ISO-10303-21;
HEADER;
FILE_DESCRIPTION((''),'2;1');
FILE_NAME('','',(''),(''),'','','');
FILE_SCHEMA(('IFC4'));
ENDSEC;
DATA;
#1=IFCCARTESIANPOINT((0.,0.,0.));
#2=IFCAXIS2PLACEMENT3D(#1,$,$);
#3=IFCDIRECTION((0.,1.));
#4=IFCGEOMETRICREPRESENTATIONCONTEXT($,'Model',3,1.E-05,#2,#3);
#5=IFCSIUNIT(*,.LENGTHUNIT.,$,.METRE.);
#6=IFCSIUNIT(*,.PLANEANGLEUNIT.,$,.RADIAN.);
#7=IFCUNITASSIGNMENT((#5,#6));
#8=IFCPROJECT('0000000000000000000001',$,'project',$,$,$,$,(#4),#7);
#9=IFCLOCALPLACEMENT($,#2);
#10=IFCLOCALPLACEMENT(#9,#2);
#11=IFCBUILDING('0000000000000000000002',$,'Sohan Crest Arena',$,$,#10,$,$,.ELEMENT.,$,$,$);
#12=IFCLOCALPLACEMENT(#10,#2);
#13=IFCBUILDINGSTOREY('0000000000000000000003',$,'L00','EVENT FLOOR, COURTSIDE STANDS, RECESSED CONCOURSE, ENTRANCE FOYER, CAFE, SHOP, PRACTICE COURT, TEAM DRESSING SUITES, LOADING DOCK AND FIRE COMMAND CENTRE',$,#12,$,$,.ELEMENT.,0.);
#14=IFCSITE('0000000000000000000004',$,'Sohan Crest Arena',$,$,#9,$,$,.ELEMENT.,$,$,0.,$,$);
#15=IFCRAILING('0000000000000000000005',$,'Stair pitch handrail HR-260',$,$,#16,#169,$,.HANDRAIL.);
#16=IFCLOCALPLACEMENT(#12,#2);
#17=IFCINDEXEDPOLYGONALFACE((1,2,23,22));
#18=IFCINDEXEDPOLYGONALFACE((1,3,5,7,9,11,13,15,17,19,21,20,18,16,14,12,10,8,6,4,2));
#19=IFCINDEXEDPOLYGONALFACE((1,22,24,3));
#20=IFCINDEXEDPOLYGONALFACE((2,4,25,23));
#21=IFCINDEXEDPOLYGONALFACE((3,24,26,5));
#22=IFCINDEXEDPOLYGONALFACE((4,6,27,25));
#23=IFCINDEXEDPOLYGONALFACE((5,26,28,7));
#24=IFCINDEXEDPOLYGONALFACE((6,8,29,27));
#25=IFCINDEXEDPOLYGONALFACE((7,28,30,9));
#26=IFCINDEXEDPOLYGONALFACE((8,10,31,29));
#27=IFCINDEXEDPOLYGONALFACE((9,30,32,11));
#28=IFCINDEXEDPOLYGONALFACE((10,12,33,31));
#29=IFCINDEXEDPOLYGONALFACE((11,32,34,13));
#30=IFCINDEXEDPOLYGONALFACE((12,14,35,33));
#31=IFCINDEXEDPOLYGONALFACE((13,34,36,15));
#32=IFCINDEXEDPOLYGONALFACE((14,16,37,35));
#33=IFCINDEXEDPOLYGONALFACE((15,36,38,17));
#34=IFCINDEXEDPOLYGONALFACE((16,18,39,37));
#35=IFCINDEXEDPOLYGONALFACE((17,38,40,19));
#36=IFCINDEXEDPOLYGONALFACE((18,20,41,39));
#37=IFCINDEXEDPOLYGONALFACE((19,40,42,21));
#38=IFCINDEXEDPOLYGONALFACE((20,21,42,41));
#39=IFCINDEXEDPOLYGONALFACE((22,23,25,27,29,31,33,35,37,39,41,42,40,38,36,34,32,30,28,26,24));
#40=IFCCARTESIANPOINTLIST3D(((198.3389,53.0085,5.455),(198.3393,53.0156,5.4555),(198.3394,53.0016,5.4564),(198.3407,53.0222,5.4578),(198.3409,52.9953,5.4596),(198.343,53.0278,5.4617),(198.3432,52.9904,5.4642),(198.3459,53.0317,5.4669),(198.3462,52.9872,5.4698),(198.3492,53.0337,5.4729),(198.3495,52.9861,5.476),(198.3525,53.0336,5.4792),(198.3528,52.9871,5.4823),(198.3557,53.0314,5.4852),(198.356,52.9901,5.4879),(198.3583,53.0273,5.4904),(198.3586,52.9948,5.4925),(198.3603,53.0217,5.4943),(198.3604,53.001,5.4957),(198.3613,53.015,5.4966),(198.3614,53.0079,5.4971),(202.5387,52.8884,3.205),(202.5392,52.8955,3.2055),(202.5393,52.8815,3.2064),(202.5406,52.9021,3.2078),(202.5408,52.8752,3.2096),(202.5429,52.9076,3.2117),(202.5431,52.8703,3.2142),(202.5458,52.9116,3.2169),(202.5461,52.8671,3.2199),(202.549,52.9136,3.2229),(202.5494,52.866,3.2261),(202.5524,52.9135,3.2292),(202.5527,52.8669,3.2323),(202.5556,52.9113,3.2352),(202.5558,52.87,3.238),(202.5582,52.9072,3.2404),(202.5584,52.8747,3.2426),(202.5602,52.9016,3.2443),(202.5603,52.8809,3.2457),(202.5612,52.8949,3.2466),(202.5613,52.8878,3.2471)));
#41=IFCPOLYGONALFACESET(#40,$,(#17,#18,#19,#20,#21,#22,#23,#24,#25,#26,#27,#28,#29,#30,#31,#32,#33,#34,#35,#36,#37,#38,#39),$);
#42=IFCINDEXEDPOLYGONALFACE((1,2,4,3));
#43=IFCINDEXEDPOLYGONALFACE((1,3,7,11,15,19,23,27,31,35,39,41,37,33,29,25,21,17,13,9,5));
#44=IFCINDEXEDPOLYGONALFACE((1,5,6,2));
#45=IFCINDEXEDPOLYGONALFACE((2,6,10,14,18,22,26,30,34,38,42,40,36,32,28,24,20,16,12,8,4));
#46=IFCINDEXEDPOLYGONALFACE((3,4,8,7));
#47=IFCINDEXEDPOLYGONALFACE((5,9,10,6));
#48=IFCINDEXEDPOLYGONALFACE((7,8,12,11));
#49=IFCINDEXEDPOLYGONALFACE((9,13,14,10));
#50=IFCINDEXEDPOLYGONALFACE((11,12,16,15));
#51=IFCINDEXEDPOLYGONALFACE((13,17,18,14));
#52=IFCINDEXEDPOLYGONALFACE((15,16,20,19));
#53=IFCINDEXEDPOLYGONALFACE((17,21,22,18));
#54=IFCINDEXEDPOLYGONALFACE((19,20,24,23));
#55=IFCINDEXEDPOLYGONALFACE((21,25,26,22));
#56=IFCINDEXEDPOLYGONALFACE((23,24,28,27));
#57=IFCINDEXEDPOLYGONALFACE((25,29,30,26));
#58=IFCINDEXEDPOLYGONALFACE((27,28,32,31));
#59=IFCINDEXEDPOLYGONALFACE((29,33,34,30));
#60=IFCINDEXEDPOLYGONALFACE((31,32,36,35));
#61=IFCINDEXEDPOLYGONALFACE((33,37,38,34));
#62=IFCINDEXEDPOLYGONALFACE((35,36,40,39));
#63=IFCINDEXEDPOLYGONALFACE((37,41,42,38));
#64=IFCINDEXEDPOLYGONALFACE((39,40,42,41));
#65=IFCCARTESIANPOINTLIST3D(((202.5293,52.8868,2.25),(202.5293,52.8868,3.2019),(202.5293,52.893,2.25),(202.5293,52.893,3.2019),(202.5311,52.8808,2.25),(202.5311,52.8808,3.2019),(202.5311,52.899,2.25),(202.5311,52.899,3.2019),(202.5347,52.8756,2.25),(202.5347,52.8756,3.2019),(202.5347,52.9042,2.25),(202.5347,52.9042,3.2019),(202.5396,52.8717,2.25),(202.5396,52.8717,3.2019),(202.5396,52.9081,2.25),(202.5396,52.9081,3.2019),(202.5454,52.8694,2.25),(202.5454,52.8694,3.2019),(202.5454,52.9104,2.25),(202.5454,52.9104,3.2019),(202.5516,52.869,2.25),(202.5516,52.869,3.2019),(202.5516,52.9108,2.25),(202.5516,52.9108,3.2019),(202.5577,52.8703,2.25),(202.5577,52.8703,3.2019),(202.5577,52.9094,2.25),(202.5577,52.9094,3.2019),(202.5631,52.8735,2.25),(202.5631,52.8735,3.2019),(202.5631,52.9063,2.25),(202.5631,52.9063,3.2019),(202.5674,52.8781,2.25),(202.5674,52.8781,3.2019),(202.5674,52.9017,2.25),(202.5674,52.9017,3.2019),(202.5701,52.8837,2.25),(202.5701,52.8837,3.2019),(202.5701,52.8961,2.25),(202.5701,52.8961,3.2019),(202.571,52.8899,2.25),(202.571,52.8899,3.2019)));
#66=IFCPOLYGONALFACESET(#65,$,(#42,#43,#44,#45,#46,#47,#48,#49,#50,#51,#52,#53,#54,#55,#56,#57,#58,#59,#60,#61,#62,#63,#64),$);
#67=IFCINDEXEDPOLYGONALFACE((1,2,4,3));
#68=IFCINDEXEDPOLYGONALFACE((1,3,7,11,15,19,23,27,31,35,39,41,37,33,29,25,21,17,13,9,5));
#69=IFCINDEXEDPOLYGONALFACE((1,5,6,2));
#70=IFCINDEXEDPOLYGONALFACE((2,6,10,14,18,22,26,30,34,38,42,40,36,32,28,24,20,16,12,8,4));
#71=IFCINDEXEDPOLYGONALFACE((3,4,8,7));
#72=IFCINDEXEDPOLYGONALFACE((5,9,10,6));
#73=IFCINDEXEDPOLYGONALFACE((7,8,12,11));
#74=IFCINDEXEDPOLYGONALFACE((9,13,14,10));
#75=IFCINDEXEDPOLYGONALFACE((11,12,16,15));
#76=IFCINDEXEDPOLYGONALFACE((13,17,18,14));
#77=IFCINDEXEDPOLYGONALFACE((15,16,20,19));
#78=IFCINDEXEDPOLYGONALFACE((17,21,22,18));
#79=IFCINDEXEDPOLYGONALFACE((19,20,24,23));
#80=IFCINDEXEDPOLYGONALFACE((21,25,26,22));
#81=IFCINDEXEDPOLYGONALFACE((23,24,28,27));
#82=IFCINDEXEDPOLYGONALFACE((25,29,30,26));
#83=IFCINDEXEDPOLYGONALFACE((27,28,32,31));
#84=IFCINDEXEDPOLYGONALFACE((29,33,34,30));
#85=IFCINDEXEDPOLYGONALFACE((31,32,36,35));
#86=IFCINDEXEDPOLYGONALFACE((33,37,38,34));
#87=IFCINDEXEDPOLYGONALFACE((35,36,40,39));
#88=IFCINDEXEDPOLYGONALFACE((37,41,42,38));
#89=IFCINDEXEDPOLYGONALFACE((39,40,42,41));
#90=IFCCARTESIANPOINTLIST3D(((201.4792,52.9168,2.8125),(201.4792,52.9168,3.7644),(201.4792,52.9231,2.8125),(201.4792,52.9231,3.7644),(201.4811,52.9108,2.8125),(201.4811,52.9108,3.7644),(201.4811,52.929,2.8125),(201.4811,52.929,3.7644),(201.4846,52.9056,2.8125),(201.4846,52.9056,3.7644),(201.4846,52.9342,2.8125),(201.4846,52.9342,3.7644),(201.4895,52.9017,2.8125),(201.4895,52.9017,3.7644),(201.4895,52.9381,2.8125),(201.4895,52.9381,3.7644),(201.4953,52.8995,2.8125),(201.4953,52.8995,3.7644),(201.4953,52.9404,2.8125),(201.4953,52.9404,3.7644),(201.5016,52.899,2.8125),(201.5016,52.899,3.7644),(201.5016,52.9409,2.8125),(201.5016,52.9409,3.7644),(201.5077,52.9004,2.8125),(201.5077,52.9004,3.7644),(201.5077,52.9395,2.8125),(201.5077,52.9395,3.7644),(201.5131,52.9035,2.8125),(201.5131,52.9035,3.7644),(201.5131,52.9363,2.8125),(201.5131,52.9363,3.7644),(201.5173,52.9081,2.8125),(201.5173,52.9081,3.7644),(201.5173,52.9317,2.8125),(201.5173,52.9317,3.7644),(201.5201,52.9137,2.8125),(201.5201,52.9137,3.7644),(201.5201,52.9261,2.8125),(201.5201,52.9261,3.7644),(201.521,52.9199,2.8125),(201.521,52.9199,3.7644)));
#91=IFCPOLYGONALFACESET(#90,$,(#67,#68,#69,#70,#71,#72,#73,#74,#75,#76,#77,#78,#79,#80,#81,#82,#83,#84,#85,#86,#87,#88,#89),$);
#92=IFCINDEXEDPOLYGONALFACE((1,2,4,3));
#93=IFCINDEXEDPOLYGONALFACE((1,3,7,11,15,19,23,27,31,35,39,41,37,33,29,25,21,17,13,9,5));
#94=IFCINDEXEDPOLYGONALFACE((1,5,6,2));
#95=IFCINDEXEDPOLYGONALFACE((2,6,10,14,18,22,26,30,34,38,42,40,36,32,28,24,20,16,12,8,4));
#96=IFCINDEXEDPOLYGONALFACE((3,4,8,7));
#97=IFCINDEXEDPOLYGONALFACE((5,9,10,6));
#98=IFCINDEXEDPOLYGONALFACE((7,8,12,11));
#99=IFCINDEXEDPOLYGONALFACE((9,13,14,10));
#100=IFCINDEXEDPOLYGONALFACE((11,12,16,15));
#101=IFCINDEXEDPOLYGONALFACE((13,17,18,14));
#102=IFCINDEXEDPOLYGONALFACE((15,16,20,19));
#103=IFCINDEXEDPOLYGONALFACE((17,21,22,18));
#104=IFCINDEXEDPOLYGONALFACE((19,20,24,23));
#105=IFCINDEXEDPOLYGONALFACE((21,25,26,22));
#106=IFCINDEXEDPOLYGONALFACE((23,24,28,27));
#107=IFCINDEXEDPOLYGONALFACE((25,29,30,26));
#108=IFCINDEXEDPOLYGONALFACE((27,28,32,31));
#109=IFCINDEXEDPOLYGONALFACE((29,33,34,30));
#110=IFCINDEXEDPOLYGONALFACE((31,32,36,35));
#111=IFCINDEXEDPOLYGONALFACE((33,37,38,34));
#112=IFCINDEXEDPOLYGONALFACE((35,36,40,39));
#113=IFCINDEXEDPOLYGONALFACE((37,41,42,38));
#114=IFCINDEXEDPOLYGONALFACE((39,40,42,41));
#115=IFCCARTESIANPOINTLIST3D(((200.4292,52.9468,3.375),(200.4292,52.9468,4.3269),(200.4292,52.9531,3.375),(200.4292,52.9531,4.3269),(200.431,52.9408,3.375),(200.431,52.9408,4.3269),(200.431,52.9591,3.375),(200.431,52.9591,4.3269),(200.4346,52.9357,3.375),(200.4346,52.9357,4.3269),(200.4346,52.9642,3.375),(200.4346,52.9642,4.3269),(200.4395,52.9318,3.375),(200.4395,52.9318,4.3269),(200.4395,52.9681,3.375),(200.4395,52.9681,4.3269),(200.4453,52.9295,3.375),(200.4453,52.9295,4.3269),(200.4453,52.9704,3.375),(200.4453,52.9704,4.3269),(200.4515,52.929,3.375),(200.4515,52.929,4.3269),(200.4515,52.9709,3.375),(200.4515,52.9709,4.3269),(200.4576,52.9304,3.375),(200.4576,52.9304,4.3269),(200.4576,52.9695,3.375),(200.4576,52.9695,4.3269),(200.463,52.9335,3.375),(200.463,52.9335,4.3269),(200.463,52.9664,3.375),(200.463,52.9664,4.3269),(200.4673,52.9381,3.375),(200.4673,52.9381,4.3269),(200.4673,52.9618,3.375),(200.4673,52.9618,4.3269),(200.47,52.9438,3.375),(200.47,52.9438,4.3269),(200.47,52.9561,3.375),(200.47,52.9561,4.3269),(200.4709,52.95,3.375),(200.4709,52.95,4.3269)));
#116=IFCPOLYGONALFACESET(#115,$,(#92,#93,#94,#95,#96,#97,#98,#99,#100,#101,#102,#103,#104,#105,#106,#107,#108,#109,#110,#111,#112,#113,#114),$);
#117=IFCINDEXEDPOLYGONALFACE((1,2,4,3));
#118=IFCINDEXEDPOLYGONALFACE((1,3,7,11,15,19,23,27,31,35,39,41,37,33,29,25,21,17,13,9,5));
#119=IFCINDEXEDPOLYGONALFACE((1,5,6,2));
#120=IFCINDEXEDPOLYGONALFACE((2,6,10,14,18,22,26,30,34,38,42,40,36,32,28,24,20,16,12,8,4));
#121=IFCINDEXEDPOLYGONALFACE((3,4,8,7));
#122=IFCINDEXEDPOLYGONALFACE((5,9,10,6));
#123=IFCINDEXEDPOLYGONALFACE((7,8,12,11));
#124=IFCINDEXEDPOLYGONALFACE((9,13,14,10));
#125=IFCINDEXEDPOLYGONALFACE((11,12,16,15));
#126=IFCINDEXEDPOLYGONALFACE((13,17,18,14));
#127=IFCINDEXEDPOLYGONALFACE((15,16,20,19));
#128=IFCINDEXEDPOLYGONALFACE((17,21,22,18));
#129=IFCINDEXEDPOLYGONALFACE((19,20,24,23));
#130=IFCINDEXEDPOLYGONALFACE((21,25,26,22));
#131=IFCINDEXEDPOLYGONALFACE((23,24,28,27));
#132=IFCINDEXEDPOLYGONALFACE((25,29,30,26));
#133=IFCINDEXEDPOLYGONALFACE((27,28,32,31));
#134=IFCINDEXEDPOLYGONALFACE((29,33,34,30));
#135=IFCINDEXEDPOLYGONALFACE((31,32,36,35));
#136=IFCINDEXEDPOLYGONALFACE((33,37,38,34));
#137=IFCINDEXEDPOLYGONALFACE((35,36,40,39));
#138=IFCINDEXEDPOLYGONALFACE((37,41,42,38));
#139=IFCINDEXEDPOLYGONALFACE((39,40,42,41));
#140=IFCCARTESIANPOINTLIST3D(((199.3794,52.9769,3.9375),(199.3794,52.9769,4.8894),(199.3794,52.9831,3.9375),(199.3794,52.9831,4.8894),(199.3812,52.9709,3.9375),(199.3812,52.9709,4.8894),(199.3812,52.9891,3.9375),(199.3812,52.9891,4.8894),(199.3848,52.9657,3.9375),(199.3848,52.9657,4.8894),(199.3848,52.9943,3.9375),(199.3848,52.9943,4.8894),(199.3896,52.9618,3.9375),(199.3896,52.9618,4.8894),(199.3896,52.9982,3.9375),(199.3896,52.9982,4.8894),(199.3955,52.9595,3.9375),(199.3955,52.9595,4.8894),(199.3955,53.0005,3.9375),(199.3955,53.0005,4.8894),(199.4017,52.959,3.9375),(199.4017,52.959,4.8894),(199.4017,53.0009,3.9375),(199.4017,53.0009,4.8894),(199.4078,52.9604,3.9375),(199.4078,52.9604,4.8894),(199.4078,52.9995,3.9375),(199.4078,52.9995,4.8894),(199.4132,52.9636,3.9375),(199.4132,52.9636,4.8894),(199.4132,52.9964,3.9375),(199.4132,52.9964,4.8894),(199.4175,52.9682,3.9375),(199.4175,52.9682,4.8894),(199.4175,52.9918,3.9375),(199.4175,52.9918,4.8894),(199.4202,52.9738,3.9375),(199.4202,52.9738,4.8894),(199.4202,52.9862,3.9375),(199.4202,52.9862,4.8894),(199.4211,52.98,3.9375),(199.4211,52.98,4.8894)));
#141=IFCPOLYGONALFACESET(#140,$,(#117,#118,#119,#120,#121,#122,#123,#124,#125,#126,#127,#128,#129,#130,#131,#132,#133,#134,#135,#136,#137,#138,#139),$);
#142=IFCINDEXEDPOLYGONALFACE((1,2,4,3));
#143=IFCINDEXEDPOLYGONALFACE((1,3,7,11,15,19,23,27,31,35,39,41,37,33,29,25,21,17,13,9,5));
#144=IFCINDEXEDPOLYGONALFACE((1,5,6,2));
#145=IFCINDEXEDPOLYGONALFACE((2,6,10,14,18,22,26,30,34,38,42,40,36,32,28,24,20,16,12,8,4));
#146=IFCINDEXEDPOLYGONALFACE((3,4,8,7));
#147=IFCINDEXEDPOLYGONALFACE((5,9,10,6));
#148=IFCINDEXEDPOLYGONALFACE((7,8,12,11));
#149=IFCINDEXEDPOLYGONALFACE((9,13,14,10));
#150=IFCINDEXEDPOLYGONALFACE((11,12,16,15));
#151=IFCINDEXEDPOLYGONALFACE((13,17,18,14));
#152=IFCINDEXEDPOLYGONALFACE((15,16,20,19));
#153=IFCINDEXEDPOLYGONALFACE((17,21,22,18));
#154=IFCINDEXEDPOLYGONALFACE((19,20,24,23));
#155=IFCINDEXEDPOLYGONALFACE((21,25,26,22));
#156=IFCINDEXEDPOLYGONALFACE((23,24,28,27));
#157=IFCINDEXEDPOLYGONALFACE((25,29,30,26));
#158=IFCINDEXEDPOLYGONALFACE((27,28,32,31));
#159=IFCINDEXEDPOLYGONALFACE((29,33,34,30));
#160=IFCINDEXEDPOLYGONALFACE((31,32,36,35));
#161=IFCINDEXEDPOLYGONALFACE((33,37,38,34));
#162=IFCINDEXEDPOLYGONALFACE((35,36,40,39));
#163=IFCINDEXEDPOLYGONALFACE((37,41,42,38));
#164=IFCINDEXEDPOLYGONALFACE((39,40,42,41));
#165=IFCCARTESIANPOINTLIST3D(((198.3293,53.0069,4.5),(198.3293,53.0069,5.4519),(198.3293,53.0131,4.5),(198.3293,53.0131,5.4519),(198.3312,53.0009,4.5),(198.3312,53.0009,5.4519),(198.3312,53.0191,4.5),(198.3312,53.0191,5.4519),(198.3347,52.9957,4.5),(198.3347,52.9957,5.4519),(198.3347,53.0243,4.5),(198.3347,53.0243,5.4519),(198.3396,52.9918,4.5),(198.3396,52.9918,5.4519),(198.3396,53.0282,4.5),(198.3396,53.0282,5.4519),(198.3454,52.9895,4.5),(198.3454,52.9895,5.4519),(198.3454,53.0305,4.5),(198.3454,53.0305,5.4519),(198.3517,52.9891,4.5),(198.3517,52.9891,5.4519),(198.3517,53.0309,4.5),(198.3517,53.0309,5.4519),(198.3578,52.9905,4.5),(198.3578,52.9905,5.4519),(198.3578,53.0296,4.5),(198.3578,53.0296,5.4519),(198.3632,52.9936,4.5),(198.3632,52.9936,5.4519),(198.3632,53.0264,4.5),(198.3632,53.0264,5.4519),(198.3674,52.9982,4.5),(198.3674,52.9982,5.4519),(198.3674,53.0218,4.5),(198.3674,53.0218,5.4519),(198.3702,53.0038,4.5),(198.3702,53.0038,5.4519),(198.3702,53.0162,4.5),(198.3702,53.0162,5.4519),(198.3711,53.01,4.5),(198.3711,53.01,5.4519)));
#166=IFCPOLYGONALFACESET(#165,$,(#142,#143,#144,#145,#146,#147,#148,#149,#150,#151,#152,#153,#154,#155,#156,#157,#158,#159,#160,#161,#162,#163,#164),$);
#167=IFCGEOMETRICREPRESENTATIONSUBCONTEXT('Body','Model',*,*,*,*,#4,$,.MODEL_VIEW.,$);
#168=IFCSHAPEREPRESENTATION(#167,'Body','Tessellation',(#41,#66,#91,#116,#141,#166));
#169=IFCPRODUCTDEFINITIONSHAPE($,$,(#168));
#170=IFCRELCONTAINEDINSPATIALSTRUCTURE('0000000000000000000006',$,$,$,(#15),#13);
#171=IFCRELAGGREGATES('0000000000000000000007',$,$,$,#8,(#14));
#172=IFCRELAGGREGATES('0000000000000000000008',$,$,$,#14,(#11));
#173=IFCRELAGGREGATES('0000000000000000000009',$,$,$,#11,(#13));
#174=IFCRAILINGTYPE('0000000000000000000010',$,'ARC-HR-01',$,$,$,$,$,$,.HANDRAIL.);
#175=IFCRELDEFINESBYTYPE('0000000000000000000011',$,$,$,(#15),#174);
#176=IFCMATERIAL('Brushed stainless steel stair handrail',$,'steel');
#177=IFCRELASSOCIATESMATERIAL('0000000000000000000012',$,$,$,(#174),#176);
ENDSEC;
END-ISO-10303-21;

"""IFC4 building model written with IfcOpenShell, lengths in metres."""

from ifc_helpers import new_model, si_unit, direction, frame, origin, origin_2d, place, context, subcontext, project, spatial, circle, extrude, material, type_object, element, save


model = new_model("IFC4")

# Units and contexts
model_context = context("Model", 3, precision=1e-05, world=origin(), true_north=direction((0.0, 1.0)))
body_context = subcontext(model_context, "Body", "Model", "MODEL_VIEW")
ifc_project = project(units=[si_unit("LENGTHUNIT", "METRE"), si_unit("PLANEANGLEUNIT", "RADIAN")], contexts=[model_context])

# Site, building, storey
site_placement = place(None, origin())
site = spatial("IfcSite", under=ifc_project, at=site_placement, Name="Sohan Crest Arena", CompositionType="ELEMENT", RefElevation=0.0)
building_placement = place(site_placement, origin())
building = spatial("IfcBuilding", under=site, at=building_placement, Name="Sohan Crest Arena", CompositionType="ELEMENT")
storey_placement = place(building_placement, origin())
storey = spatial("IfcBuildingStorey", under=building, at=storey_placement, Name="L00", Description="EVENT FLOOR, COURTSIDE STANDS, RECESSED CONCOURSE, ENTRANCE FOYER, CAFE, SHOP, PRACTICE COURT, TEAM DRESSING SUITES, LOADING DOCK AND FIRE COMMAND CENTRE", CompositionType="ELEMENT", Elevation=0.0)

# Railing
ifc_material_1 = material(Name="Brushed stainless steel stair handrail", Category="steel")
railing_type = type_object("IfcRailingType", Name="ARC-HR-01", PredefinedType="HANDRAIL", material=ifc_material_1)
railing_1_placement = place(storey_placement, frame((202.55, 52.8899, 2.25)))
element("IfcRailing", 1, at=railing_1_placement, inside=storey, type_object=railing_type, Name="Stair pitch handrail HR-260", PredefinedType="HANDRAIL", context=body_context, shape_type="SweptSolid", body=[
    extrude(circle(Radius=0.0239, at=origin_2d()), frame((0.0, 0.0, 0.9761), z_axis=(-0.881198, 0.025202, 0.472076), x_axis=(-0.028588, -0.999591, 0.0)), (0.0, 0.0, 1.0), 4.7661),
    extrude(circle(Radius=0.021, at=origin_2d()), origin(), (0.0, 0.0, 1.0), 0.9519),
    extrude(circle(Radius=0.021, at=origin_2d()), frame((-1.05, 0.03, 0.5625)), (0.0, 0.0, 1.0), 0.9519),
    extrude(circle(Radius=0.021, at=origin_2d()), frame((-2.1001, 0.0601, 1.125)), (0.0, 0.0, 1.0), 0.9519),
    extrude(circle(Radius=0.021, at=origin_2d()), frame((-3.1499, 0.0901, 1.6875)), (0.0, 0.0, 1.0), 0.9519),
    extrude(circle(Radius=0.021, at=origin_2d()), frame((-4.2, 0.1201, 2.25)), (0.0, 0.0, 1.0), 0.9519),
])

save(model, "model.ifc")
